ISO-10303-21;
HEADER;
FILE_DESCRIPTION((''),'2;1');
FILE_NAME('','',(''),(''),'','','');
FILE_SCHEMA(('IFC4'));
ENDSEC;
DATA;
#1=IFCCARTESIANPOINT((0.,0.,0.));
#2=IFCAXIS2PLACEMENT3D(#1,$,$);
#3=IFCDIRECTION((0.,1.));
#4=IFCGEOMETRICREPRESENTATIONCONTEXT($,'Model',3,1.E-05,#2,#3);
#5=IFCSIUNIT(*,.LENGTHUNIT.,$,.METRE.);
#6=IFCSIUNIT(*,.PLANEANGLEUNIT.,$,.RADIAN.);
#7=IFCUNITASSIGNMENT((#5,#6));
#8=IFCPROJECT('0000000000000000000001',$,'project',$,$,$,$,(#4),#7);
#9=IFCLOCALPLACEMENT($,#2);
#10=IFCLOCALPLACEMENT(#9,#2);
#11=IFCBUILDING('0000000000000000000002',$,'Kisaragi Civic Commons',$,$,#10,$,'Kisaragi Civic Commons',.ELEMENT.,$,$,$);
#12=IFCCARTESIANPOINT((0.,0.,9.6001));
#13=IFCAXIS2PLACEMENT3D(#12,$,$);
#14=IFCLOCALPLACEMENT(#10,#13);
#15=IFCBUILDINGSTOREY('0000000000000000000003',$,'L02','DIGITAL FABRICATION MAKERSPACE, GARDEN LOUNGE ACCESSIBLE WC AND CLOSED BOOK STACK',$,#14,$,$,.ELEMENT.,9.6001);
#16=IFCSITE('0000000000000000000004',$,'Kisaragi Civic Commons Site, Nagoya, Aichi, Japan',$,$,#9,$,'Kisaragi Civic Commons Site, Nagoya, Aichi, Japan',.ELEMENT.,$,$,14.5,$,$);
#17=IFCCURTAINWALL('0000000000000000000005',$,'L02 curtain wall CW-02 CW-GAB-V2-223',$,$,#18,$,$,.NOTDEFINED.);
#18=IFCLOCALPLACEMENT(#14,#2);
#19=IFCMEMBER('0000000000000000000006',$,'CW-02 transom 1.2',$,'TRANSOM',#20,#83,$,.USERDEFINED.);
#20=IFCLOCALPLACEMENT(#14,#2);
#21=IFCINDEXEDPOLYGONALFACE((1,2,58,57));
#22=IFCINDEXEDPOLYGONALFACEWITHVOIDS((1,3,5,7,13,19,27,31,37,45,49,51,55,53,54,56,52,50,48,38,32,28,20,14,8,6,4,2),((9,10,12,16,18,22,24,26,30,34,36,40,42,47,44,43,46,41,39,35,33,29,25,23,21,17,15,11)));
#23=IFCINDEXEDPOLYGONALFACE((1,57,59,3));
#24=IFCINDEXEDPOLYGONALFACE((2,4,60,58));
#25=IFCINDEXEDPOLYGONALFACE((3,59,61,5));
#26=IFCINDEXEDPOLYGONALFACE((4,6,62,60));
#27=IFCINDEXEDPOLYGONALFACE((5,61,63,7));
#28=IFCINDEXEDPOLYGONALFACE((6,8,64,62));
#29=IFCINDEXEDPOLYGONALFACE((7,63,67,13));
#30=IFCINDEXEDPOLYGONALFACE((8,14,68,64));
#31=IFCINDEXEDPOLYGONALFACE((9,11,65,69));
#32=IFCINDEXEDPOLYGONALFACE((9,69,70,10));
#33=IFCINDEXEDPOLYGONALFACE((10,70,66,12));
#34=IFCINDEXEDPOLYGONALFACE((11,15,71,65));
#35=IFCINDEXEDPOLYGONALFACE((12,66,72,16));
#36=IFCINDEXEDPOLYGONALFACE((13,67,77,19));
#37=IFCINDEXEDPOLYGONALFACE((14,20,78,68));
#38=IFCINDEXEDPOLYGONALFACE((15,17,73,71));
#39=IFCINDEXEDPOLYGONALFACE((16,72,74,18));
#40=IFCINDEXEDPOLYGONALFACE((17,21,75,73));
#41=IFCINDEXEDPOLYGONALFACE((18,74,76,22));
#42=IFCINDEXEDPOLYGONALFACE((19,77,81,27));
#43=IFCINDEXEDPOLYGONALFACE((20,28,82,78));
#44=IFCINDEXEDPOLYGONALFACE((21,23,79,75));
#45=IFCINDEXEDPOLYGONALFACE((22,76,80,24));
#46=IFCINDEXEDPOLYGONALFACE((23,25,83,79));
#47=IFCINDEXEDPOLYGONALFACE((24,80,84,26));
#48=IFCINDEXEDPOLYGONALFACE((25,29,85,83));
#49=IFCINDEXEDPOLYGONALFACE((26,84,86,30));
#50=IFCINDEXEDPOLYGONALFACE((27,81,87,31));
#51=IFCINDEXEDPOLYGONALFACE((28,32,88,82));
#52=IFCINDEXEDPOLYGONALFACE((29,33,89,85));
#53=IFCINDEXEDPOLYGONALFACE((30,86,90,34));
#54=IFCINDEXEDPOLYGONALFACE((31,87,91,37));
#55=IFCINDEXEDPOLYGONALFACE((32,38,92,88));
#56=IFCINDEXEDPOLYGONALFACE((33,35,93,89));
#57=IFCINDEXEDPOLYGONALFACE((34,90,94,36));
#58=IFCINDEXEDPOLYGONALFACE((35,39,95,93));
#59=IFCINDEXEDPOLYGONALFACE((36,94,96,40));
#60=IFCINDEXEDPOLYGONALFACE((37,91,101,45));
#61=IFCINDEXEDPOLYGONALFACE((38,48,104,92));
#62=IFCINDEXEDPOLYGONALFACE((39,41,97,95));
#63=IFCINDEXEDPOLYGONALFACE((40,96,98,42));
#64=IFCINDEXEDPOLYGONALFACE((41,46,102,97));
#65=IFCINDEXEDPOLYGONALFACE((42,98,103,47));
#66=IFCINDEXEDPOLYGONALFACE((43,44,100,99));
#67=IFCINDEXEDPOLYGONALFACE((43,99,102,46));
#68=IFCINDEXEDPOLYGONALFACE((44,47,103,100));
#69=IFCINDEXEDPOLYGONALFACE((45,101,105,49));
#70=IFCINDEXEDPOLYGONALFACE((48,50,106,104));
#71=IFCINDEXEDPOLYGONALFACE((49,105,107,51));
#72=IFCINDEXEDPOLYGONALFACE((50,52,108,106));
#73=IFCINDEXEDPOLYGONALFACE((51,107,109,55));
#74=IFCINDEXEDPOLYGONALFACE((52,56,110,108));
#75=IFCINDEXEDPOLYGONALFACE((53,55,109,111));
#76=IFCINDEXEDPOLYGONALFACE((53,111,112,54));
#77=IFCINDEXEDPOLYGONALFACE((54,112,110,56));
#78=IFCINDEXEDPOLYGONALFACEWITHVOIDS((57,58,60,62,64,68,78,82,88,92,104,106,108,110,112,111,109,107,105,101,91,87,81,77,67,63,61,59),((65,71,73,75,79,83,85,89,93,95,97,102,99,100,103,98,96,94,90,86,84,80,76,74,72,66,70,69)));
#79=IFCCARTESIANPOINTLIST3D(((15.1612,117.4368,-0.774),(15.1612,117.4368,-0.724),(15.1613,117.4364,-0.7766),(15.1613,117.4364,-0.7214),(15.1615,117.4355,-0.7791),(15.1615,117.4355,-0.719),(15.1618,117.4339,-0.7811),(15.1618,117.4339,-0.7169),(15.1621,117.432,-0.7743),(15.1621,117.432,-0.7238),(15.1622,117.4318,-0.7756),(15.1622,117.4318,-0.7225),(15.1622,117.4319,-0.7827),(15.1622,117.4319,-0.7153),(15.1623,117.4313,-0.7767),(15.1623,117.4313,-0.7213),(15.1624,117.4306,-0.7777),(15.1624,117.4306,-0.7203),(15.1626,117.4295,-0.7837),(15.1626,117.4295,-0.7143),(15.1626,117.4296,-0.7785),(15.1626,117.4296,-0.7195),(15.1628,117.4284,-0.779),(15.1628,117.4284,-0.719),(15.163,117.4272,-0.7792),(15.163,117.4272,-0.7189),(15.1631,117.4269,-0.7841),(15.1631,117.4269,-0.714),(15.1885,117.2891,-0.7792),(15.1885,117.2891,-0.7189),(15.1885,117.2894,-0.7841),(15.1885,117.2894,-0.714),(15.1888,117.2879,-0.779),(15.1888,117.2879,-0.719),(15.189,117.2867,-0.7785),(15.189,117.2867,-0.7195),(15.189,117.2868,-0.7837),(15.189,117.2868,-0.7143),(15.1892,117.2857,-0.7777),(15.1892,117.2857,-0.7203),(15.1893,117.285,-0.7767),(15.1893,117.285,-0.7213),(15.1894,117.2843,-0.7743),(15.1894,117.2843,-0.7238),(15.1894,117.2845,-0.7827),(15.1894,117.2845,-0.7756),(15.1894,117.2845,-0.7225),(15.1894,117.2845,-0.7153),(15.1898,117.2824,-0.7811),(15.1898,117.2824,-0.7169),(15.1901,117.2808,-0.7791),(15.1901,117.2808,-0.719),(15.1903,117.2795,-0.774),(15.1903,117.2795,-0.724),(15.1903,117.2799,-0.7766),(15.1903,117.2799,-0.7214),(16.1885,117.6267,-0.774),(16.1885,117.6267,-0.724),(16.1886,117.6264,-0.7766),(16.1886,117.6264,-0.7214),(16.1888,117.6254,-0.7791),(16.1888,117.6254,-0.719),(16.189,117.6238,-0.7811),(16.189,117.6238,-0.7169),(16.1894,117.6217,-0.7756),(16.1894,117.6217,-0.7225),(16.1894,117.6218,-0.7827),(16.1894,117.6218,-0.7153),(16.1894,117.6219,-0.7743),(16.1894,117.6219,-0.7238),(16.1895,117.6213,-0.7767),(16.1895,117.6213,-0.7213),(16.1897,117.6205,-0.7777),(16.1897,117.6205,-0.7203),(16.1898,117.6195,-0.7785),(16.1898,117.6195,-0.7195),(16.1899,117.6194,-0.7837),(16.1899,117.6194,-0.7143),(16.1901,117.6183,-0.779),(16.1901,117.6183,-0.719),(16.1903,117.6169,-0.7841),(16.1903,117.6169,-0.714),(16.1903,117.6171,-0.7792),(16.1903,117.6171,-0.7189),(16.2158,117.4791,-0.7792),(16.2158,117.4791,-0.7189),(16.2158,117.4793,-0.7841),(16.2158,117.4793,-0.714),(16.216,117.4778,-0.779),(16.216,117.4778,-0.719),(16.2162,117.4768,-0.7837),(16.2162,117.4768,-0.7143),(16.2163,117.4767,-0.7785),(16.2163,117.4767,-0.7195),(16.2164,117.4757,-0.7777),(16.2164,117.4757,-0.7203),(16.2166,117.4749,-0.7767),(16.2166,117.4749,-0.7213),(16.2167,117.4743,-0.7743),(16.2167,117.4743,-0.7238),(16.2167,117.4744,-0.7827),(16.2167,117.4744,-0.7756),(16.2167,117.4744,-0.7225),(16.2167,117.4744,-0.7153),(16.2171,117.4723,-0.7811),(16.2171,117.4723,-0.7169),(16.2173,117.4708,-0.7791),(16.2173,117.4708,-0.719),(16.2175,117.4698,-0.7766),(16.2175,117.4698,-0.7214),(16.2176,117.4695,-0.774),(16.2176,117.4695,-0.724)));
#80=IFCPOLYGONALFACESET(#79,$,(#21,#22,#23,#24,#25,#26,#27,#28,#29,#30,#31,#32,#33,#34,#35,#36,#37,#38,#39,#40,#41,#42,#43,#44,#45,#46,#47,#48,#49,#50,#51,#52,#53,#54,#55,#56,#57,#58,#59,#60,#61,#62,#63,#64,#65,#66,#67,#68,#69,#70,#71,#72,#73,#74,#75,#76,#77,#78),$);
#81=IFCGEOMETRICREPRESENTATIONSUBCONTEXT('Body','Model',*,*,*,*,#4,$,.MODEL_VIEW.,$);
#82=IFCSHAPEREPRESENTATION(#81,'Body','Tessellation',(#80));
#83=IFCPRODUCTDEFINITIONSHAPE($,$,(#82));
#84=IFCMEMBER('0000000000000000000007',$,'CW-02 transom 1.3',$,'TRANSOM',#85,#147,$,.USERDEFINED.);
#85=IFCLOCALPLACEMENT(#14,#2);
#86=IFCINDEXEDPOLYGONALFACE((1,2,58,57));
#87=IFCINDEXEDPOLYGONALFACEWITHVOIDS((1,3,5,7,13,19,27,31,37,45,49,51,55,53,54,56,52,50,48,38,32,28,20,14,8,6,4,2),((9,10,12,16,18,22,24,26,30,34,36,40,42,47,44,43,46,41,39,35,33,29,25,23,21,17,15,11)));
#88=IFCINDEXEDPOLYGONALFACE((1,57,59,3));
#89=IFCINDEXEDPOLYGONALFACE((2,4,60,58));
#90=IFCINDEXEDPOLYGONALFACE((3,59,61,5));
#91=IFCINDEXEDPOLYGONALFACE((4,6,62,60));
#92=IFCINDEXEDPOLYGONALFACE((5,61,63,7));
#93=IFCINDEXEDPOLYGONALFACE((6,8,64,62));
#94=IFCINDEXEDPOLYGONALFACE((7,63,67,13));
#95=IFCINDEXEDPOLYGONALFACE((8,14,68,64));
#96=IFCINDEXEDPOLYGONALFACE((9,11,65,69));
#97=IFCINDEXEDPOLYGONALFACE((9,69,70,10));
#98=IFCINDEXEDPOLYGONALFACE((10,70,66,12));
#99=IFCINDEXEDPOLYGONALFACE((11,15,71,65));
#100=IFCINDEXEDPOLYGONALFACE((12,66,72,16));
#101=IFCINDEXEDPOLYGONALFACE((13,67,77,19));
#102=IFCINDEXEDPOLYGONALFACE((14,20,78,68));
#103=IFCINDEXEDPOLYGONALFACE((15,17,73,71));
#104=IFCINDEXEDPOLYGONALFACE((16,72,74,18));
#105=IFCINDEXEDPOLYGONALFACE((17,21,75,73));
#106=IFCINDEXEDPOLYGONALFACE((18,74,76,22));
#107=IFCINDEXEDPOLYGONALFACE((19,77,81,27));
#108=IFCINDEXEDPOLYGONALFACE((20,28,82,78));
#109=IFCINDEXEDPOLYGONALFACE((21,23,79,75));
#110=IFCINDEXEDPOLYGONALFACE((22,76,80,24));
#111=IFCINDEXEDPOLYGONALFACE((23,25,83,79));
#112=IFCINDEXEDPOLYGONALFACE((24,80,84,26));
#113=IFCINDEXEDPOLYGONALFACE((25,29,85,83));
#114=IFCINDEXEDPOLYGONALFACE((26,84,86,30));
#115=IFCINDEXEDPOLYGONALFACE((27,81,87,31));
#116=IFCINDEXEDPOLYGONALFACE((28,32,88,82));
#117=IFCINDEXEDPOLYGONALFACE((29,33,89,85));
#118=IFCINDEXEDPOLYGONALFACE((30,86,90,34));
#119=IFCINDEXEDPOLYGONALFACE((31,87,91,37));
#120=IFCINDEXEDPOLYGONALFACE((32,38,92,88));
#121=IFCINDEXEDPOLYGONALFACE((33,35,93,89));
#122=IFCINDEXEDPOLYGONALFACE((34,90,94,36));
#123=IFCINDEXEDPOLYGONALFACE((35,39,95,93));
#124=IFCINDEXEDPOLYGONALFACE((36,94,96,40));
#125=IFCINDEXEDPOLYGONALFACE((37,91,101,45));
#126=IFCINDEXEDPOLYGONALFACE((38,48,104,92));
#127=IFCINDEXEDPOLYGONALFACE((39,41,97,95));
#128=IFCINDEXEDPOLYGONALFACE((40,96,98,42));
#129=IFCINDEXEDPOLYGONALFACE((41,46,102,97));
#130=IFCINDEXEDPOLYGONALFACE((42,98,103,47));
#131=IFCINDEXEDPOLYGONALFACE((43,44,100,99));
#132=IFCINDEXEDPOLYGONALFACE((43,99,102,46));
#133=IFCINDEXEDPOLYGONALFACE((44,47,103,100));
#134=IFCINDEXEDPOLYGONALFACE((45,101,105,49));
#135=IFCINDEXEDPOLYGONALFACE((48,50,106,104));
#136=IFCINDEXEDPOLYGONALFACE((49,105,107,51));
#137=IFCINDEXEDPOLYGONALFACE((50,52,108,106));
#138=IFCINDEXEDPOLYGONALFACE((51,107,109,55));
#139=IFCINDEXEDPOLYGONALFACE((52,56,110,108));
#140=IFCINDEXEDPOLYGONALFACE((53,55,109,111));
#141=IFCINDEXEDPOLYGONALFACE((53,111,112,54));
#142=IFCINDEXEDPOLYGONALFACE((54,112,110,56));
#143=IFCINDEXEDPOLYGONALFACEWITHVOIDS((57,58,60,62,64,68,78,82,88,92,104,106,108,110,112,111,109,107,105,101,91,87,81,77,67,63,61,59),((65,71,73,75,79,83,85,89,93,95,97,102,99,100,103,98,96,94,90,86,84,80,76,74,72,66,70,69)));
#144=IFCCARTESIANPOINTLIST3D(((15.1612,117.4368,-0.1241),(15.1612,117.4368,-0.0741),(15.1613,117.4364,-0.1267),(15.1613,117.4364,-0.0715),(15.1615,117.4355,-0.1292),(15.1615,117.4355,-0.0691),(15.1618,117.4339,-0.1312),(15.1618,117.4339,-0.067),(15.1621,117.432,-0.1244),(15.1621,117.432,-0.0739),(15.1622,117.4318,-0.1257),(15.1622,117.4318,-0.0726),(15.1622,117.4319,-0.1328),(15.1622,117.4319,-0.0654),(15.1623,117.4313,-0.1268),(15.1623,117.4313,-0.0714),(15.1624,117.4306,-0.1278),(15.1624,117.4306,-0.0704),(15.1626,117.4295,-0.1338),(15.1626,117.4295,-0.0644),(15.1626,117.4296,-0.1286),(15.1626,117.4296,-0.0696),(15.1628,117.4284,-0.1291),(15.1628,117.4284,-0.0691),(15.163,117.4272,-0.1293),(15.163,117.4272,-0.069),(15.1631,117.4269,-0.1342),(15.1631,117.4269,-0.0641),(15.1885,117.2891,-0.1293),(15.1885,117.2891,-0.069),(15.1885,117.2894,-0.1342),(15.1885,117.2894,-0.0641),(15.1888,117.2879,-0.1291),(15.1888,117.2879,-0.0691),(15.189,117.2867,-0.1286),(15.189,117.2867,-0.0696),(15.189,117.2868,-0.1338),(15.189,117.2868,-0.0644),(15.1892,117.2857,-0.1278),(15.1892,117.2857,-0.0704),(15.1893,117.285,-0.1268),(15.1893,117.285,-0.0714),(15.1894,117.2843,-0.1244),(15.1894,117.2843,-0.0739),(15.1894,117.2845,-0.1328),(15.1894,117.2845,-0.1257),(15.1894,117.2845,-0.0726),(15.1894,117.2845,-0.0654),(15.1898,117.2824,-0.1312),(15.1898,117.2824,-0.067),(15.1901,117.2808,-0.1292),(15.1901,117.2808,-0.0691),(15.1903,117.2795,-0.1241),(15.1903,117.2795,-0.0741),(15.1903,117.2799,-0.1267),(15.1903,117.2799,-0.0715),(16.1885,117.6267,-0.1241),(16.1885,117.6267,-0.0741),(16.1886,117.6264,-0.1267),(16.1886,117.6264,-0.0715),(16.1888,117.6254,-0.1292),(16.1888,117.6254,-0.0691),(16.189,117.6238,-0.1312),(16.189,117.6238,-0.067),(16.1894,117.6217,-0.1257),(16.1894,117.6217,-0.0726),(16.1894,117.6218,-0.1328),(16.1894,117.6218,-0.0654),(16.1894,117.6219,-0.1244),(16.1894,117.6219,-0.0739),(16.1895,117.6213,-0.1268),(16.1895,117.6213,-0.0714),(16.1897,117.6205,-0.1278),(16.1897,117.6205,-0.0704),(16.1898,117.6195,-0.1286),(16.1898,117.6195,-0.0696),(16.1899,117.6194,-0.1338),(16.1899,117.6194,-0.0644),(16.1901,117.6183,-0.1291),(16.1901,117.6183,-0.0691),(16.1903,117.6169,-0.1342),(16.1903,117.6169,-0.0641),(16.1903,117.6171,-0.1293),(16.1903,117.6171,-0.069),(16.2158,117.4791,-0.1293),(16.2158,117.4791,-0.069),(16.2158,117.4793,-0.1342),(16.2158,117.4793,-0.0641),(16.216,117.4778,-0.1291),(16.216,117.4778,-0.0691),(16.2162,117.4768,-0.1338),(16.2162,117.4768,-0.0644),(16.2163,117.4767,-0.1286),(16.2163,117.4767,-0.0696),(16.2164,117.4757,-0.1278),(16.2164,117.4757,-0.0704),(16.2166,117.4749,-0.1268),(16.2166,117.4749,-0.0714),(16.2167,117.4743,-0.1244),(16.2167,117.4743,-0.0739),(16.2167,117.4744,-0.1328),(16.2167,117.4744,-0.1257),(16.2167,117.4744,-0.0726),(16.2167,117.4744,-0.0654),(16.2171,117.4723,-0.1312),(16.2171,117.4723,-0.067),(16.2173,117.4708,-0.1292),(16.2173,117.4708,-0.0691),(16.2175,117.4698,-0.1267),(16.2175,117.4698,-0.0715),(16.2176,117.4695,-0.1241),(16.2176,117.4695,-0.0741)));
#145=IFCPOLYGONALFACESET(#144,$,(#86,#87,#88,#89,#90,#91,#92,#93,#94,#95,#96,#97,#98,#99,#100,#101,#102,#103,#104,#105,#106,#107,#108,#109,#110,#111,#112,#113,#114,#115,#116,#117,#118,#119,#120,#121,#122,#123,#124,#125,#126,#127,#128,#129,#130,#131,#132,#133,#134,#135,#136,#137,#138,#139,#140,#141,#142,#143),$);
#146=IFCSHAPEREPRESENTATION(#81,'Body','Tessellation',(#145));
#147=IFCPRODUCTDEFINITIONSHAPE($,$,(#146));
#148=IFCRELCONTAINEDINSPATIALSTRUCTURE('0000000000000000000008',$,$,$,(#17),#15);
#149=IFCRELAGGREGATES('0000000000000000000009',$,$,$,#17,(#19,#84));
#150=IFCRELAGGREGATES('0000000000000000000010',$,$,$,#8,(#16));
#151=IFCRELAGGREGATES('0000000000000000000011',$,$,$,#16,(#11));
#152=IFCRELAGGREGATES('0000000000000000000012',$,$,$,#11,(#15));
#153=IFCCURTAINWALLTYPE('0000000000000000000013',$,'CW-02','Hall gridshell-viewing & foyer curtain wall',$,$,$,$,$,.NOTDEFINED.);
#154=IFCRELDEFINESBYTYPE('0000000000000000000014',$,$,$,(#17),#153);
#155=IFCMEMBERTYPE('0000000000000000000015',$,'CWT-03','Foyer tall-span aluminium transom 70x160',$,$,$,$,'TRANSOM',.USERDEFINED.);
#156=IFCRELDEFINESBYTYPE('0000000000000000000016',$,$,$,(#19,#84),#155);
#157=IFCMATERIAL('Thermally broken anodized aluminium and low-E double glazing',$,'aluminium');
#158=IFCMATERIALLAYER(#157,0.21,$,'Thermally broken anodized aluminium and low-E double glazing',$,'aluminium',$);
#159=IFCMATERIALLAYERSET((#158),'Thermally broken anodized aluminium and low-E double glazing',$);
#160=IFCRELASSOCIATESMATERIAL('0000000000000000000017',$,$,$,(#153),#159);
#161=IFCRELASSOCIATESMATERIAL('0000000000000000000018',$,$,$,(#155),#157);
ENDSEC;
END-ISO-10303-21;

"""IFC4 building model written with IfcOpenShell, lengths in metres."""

from ifc_helpers import new_model, si_unit, direction, frame, origin, origin_2d, place, context, subcontext, project, spatial, hollow_rectangle, extrude, material, layer, layer_set, material_profile, profile_set, type_object, element, aggregate, save


model = new_model("IFC4")

# Units and contexts
model_context = context("Model", 3, precision=1e-05, world=origin(), true_north=direction((0.0, 1.0)))
body_context = subcontext(model_context, "Body", "Model", "MODEL_VIEW")
ifc_project = project(units=[si_unit("LENGTHUNIT", "METRE"), si_unit("PLANEANGLEUNIT", "RADIAN")], contexts=[model_context])

# Site, building, storey
site_placement = place(None, origin())
site = spatial("IfcSite", under=ifc_project, at=site_placement, Name="Kisaragi Civic Commons Site, Nagoya, Aichi, Japan", LongName="Kisaragi Civic Commons Site, Nagoya, Aichi, Japan", CompositionType="ELEMENT", RefElevation=14.5)
building_placement = place(site_placement, origin())
building = spatial("IfcBuilding", under=site, at=building_placement, Name="Kisaragi Civic Commons", LongName="Kisaragi Civic Commons", CompositionType="ELEMENT")
storey_placement = place(building_placement, frame((0.0, 0.0, 9.6001)))
storey = spatial("IfcBuildingStorey", under=building, at=storey_placement, Name="L02", Description="DIGITAL FABRICATION MAKERSPACE, GARDEN LOUNGE ACCESSIBLE WC AND CLOSED BOOK STACK", CompositionType="ELEMENT", Elevation=9.6001)

# Shared definitions
ifc_material_1 = material(Name="Thermally broken anodized aluminium and low-E double glazing", Category="aluminium")

# Curtain wall
ifc_layer_1 = layer(ifc_material_1, 0.21, Name="Thermally broken anodized aluminium and low-E double glazing", Category="aluminium")
ifc_layer_set_1 = layer_set([ifc_layer_1], Name="Thermally broken anodized aluminium and low-E double glazing")
curtain_wall_type_1 = type_object("IfcCurtainWallType", Name="CW-02", Description="Hall gridshell-viewing & foyer curtain wall", PredefinedType="NOTDEFINED", material=ifc_layer_set_1)
curtain_wall_1_placement = place(storey_placement, origin())
curtain_wall_1 = element("IfcCurtainWall", 1, at=curtain_wall_1_placement, inside=storey, type_object=curtain_wall_type_1, Name="L02 curtain wall CW-02 CW-GAB-V2-223", PredefinedType="NOTDEFINED")

# Members
ifc_material_profile_1 = material_profile(ifc_material_1, hollow_rectangle(XDim=0.1599, YDim=0.0701, WallThickness=0.0049, InnerFilletRadius=0.0049, OuterFilletRadius=0.01, at=origin_2d()), Name="CWT-70x160x5", Category="aluminium")
ifc_profile_set_1 = profile_set([ifc_material_profile_1], Name="Thermally broken anodized aluminium and low-E double glazing")
member_type_1 = type_object("IfcMemberType", Name="CWT-03", Description="Foyer tall-span aluminium transom 70x160", ElementType="TRANSOM", PredefinedType="USERDEFINED", material=ifc_profile_set_1)
member_1_placement = place(storey_placement, frame((15.1758, 117.3582, -0.749), z_axis=(0.983335, 0.181805, 0.0), x_axis=(-0.181805, 0.983335, 0.0)))
member_1 = element("IfcMember", 2, at=member_1_placement, type_object=member_type_1, Name="CW-02 transom 1.2", ObjectType="TRANSOM", PredefinedType="USERDEFINED", context=body_context, shape_type="SweptSolid", body=[
    extrude(hollow_rectangle(XDim=0.1599, YDim=0.0701, WallThickness=0.0049, InnerFilletRadius=0.0049, OuterFilletRadius=0.01, at=origin_2d()), origin(), (0.0, 0.0, 1.0), 1.0447),
])
member_2_placement = place(storey_placement, frame((15.1758, 117.3582, -0.0991), z_axis=(0.983335, 0.181805, 0.0), x_axis=(-0.181805, 0.983335, 0.0)))
member_2 = element("IfcMember", 3, at=member_2_placement, type_object=member_type_1, Name="CW-02 transom 1.3", ObjectType="TRANSOM", PredefinedType="USERDEFINED", context=body_context, shape_type="SweptSolid", body=[
    extrude(hollow_rectangle(XDim=0.1599, YDim=0.0701, WallThickness=0.0049, InnerFilletRadius=0.0049, OuterFilletRadius=0.01, at=origin_2d()), origin(), (0.0, 0.0, 1.0), 1.0447),
])

aggregate(curtain_wall_1, [member_1, member_2])

save(model, "model.ifc")
